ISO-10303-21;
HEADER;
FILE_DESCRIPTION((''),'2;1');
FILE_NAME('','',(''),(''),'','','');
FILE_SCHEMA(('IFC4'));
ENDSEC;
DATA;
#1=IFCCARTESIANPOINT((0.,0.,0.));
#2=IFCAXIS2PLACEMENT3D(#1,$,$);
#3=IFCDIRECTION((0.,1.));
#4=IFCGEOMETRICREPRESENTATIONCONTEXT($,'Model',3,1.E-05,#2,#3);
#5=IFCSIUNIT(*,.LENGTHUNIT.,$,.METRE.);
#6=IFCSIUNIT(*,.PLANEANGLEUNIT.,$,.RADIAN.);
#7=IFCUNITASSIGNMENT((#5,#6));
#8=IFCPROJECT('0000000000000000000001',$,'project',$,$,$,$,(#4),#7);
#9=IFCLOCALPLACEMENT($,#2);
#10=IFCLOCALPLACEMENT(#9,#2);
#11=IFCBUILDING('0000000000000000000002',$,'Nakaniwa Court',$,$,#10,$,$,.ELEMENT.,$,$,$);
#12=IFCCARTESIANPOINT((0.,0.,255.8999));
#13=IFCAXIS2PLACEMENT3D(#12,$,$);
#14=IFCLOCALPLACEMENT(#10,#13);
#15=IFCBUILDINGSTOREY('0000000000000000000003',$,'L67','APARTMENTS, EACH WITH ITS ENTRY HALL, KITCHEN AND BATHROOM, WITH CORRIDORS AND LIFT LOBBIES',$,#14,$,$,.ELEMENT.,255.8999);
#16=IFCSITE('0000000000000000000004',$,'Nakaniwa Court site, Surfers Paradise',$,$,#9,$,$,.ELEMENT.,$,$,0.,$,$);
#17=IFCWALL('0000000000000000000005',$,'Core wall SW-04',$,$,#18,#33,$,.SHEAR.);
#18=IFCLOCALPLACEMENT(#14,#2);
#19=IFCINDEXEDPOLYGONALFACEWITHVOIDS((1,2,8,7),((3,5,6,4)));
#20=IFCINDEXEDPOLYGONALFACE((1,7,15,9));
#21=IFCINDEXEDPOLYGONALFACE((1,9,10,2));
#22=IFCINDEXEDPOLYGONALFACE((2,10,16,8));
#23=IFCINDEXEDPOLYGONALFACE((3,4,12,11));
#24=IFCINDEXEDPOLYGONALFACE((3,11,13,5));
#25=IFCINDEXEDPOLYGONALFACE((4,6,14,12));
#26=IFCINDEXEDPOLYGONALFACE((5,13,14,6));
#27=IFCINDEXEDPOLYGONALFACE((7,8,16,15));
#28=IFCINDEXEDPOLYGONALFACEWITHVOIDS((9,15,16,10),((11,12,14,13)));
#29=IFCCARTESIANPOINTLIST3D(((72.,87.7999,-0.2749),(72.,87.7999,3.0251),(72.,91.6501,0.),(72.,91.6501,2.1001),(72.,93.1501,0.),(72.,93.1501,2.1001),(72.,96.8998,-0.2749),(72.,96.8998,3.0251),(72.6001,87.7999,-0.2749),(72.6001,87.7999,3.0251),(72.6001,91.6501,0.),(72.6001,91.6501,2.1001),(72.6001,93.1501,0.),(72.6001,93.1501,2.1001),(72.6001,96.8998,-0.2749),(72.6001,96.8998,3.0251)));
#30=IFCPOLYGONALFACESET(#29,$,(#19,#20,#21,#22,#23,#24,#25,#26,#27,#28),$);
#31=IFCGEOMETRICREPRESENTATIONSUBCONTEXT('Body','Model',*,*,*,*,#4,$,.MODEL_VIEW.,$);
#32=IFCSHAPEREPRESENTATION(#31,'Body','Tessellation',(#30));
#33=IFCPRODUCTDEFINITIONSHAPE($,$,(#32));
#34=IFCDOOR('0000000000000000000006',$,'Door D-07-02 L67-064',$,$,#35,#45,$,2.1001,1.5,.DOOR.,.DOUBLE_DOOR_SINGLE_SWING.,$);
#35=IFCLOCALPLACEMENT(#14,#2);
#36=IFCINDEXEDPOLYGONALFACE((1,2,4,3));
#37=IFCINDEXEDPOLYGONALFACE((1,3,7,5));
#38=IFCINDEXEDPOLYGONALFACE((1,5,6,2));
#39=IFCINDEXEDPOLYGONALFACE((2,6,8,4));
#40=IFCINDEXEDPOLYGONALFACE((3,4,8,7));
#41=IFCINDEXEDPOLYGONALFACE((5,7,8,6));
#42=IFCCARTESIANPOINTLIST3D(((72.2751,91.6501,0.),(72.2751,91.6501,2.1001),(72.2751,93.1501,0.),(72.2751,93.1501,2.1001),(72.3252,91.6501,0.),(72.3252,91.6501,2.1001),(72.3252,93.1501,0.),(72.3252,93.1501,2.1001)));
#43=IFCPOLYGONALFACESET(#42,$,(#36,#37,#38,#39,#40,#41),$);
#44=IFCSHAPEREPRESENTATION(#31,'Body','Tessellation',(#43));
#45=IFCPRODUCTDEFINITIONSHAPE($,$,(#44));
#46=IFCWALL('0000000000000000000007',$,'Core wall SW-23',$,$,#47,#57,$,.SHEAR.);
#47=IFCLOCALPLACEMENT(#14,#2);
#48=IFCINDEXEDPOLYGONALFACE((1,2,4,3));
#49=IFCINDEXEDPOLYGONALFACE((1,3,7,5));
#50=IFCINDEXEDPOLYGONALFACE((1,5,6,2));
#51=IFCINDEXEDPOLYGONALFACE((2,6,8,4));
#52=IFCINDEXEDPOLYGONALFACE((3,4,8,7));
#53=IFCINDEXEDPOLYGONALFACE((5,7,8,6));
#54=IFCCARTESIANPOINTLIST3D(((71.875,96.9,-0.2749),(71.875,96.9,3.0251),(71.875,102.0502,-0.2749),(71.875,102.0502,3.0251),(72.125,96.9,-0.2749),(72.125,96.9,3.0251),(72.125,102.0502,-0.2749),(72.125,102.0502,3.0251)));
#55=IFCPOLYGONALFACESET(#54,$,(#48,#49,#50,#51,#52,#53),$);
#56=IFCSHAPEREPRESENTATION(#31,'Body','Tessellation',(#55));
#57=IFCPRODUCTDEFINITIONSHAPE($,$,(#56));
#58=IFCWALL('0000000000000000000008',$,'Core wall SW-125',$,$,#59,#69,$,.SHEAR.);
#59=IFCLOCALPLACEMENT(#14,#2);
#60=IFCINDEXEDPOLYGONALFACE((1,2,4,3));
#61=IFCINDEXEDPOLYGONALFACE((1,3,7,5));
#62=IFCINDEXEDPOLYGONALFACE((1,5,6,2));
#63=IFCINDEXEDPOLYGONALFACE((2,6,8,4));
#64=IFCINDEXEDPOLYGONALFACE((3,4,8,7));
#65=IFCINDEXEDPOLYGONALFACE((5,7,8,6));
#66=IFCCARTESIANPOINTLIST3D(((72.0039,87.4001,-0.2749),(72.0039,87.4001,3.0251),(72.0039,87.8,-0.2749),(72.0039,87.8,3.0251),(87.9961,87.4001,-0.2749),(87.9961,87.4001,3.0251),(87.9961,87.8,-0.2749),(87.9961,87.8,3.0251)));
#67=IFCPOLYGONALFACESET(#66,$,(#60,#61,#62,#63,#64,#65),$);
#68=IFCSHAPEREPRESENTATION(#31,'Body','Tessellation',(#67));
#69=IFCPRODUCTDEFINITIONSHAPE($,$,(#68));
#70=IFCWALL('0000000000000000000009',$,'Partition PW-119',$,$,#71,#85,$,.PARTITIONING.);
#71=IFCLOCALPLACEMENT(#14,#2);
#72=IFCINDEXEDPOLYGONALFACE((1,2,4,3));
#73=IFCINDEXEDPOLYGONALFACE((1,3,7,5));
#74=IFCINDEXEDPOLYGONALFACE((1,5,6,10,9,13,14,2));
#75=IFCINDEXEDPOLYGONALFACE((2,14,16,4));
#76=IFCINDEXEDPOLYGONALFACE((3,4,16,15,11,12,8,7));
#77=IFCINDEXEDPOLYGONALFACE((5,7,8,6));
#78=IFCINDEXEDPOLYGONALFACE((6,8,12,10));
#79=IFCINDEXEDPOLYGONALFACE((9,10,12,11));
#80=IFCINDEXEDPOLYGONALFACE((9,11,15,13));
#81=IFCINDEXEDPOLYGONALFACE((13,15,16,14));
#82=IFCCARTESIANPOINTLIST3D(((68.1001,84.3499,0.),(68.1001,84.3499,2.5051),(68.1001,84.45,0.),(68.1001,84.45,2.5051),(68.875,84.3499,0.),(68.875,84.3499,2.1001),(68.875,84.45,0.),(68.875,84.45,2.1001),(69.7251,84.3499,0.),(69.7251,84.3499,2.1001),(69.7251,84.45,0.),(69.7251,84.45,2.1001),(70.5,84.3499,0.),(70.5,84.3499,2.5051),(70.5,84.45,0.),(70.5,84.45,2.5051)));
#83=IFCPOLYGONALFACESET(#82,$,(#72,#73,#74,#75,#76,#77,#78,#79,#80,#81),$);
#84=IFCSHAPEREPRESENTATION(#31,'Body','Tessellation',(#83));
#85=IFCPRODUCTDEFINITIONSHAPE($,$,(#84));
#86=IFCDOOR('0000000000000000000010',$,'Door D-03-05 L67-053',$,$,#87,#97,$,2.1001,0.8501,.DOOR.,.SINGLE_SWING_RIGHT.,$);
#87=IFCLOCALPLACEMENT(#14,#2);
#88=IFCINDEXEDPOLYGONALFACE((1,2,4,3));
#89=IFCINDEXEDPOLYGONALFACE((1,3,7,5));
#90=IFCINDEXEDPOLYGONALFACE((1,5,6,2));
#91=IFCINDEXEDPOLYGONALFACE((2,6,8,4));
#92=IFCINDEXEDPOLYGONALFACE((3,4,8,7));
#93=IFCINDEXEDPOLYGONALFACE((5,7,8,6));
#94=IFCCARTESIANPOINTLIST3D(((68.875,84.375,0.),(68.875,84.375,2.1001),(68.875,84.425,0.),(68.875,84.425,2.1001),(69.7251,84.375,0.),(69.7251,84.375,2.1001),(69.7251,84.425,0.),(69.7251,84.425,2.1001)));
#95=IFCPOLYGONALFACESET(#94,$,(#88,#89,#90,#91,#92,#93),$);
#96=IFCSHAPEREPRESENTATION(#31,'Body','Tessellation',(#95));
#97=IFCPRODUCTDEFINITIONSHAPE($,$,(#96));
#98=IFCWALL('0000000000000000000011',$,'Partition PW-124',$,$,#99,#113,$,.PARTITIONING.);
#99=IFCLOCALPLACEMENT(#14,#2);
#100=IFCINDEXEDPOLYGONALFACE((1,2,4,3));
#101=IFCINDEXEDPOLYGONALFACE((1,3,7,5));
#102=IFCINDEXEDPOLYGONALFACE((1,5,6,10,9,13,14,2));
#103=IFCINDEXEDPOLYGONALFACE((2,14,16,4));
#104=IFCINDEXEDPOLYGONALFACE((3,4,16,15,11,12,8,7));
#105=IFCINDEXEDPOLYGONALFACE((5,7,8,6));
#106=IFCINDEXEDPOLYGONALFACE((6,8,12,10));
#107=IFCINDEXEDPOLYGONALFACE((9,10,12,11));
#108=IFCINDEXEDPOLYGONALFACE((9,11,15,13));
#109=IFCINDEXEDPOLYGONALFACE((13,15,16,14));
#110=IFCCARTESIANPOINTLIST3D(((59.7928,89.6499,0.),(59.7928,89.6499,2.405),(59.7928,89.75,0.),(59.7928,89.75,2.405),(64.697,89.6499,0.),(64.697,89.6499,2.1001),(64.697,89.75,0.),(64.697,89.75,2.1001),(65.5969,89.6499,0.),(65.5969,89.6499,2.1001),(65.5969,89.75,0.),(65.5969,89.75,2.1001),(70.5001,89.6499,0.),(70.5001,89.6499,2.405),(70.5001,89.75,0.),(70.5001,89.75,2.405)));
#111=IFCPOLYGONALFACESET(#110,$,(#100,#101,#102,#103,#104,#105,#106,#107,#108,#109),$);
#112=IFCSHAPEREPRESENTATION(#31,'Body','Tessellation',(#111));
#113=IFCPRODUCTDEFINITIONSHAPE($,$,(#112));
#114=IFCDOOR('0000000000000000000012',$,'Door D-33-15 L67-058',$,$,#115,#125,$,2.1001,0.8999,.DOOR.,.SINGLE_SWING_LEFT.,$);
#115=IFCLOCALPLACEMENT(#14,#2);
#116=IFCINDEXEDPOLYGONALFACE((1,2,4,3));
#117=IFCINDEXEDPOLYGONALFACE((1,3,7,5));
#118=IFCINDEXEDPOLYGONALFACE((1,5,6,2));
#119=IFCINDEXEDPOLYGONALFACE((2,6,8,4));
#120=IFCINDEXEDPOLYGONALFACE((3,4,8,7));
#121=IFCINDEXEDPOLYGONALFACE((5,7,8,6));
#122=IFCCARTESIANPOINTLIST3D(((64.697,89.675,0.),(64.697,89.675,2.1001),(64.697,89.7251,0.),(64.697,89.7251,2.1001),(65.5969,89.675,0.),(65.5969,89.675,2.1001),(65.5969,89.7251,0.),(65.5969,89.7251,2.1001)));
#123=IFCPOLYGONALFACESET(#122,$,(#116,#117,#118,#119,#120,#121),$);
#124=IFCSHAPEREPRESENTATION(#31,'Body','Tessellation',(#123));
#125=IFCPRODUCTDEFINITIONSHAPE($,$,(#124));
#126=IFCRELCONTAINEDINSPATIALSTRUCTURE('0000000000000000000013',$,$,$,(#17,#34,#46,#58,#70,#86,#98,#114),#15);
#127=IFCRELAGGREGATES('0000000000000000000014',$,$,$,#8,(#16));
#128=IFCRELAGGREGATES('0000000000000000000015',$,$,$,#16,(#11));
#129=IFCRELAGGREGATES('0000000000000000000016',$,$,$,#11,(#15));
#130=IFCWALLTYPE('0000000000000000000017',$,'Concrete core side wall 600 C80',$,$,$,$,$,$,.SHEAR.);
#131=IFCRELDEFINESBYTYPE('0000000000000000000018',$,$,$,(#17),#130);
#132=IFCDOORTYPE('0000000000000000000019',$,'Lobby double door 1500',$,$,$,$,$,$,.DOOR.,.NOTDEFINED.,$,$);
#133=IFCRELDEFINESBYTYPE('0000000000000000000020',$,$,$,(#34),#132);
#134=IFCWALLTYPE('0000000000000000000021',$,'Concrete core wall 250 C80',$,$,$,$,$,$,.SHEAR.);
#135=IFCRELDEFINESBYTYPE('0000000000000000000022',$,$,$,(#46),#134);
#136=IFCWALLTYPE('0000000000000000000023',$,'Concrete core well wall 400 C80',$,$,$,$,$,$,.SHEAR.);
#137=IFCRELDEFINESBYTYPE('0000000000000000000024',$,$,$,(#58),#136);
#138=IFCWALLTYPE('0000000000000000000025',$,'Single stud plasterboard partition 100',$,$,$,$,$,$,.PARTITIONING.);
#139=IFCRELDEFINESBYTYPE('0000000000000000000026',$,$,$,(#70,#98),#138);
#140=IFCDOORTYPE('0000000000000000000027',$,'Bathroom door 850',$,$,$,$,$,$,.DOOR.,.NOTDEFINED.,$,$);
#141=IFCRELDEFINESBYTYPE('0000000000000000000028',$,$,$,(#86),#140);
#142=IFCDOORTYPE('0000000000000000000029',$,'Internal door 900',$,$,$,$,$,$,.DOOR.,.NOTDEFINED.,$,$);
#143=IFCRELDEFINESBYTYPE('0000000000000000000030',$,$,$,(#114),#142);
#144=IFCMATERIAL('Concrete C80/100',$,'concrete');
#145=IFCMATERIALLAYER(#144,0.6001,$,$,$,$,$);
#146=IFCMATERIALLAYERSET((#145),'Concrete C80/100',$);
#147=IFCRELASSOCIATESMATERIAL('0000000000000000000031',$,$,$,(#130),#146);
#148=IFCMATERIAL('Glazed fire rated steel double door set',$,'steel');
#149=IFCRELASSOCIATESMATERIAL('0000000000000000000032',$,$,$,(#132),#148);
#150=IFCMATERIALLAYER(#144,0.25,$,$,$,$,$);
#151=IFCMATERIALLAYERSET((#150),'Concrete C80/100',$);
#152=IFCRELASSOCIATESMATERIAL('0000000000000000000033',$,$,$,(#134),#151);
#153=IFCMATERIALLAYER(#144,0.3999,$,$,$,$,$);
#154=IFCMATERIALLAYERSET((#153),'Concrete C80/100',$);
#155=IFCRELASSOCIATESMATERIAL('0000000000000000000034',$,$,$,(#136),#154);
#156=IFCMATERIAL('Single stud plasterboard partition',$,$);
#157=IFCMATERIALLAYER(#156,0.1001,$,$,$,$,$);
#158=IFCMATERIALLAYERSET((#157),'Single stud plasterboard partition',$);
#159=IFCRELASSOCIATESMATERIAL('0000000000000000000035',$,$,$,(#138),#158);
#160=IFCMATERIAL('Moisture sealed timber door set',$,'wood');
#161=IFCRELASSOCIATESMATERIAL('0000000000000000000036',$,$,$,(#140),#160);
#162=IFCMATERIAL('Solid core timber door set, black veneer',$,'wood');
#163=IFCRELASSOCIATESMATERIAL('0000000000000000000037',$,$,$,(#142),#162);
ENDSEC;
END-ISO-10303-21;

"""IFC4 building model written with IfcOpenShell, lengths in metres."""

from ifc_helpers import new_model, si_unit, direction, frame, frame_2d, origin, place, context, subcontext, project, spatial, rectangle, extrude, material, layer, layer_set, type_object, element, fill, save


model = new_model("IFC4")

# Units and contexts
model_context = context("Model", 3, precision=1e-05, world=origin(), true_north=direction((0.0, 1.0)))
body_context = subcontext(model_context, "Body", "Model", "MODEL_VIEW")
ifc_project = project(units=[si_unit("LENGTHUNIT", "METRE"), si_unit("PLANEANGLEUNIT", "RADIAN")], contexts=[model_context])

# Site, building, storey
site_placement = place(None, origin())
site = spatial("IfcSite", under=ifc_project, at=site_placement, Name="Nakaniwa Court site, Surfers Paradise", CompositionType="ELEMENT", RefElevation=0.0)
building_placement = place(site_placement, origin())
building = spatial("IfcBuilding", under=site, at=building_placement, Name="Nakaniwa Court", CompositionType="ELEMENT")
storey_placement = place(building_placement, frame((0.0, 0.0, 255.8999)))
storey = spatial("IfcBuildingStorey", under=building, at=storey_placement, Name="L67", Description="APARTMENTS, EACH WITH ITS ENTRY HALL, KITCHEN AND BATHROOM, WITH CORRIDORS AND LIFT LOBBIES", CompositionType="ELEMENT", Elevation=255.8999)

# Shared definitions
ifc_material_1 = material(Name="Concrete C80/100", Category="concrete")

# Shared definitions
ifc_material_2 = material(Name="Solid core timber door set, black veneer", Category="wood")

# Wall, opening, door
ifc_layer_1 = layer(ifc_material_1, 0.6001)
ifc_layer_set_1 = layer_set([ifc_layer_1], Name="Concrete C80/100")
wall_type_1 = type_object("IfcWallType", Name="Concrete core side wall 600 C80", PredefinedType="SHEAR", material=ifc_layer_set_1)
wall_1_placement = place(storey_placement, frame((72.3, 87.8, -0.2749), z_axis=(0.0, 0.0, 1.0), x_axis=(0.0, 1.0, 0.0)))
wall_1 = element("IfcWall", 1, at=wall_1_placement, inside=storey, type_object=wall_type_1, Name="Core wall SW-04", PredefinedType="SHEAR", context=body_context, shape_type="SweptSolid", body=[
    extrude(rectangle(XDim=9.0999, YDim=0.6001, at=frame_2d((4.5498, 0.0))), origin(), (0.0, 0.0, 1.0), 3.3),
])
opening_1_placement = place(wall_1_placement, frame((3.8501, 0.0, 0.2749)))
opening_1 = element("IfcOpeningElement", 2, at=opening_1_placement, cuts=wall_1, PredefinedType="OPENING", context=body_context, shape_type="SweptSolid", body=[
    extrude(rectangle(XDim=1.5, YDim=2.1001, at=frame_2d((0.75, 1.05))), frame((0.0, 0.3101, 0.0), z_axis=(0.0, -1.0, 0.0), x_axis=(1.0, 0.0, 0.0)), (0.0, 0.0, 1.0), 0.6201),
])
ifc_material_3 = material(Name="Glazed fire rated steel double door set", Category="steel")
door_type_1 = type_object("IfcDoorType", Name="Lobby double door 1500", OperationType="NOTDEFINED", PredefinedType="DOOR", material=ifc_material_3)
door_1_placement = place(opening_1_placement, origin())
door_1 = element("IfcDoor", 3, at=door_1_placement, inside=storey, type_object=door_type_1, Name="Door D-07-02 L67-064", OperationType="DOUBLE_DOOR_SINGLE_SWING", OverallHeight=2.1001, OverallWidth=1.5, PredefinedType="DOOR", context=body_context, shape_type="SweptSolid", body=[
    extrude(rectangle(XDim=1.5, YDim=2.1001, at=frame_2d((0.75, 1.05))), frame((0.0, 0.0249, 0.0), z_axis=(0.0, -1.0, 0.0), x_axis=(1.0, 0.0, 0.0)), (0.0, 0.0, 1.0), 0.05),
])
fill(opening_1, door_1)

# Walls
ifc_layer_2 = layer(ifc_material_1, 0.25)
ifc_layer_set_2 = layer_set([ifc_layer_2], Name="Concrete C80/100")
wall_type_2 = type_object("IfcWallType", Name="Concrete core wall 250 C80", PredefinedType="SHEAR", material=ifc_layer_set_2)
wall_2_placement = place(storey_placement, frame((72.0, 96.8999, -0.2749), z_axis=(0.0, 0.0, 1.0), x_axis=(0.0, 1.0, 0.0)))
element("IfcWall", 4, at=wall_2_placement, inside=storey, type_object=wall_type_2, Name="Core wall SW-23", PredefinedType="SHEAR", context=body_context, shape_type="SweptSolid", body=[
    extrude(rectangle(XDim=5.1501, YDim=0.25, at=frame_2d((2.5752, 0.0))), origin(), (0.0, 0.0, 1.0), 3.3),
])
ifc_layer_3 = layer(ifc_material_1, 0.3999)
ifc_layer_set_3 = layer_set([ifc_layer_3], Name="Concrete C80/100")
wall_type_3 = type_object("IfcWallType", Name="Concrete core well wall 400 C80", PredefinedType="SHEAR", material=ifc_layer_set_3)
wall_3_placement = place(storey_placement, frame((72.0039, 87.6001, -0.2749), z_axis=(0.0, 0.0, 1.0), x_axis=(1.0, 0.0, 0.0)))
element("IfcWall", 5, at=wall_3_placement, inside=storey, type_object=wall_type_3, Name="Core wall SW-125", PredefinedType="SHEAR", context=body_context, shape_type="SweptSolid", body=[
    extrude(rectangle(XDim=15.9922, YDim=0.3999, at=frame_2d((7.9961, 0.0))), origin(), (0.0, 0.0, 1.0), 3.3),
])

# Walls, openings, doors
ifc_material_4 = material(Name="Single stud plasterboard partition")
ifc_layer_4 = layer(ifc_material_4, 0.1001)
ifc_layer_set_4 = layer_set([ifc_layer_4], Name="Single stud plasterboard partition")
wall_type_4 = type_object("IfcWallType", Name="Single stud plasterboard partition 100", PredefinedType="PARTITIONING", material=ifc_layer_set_4)
wall_4_placement = place(storey_placement, frame((70.5, 84.3999, 0.0), z_axis=(0.0, 0.0, 1.0), x_axis=(-1.0, 0.0, 0.0)))
wall_4 = element("IfcWall", 6, at=wall_4_placement, inside=storey, type_object=wall_type_4, Name="Partition PW-119", PredefinedType="PARTITIONING", context=body_context, shape_type="SweptSolid", body=[
    extrude(rectangle(XDim=2.3999, YDim=0.1001, at=frame_2d((1.2, 0.0))), origin(), (0.0, 0.0, 1.0), 2.5051),
])
opening_2_placement = place(wall_4_placement, frame((0.7749, 0.0, 0.0)))
opening_2 = element("IfcOpeningElement", 7, at=opening_2_placement, cuts=wall_4, PredefinedType="OPENING", context=body_context, shape_type="SweptSolid", body=[
    extrude(rectangle(XDim=0.8501, YDim=2.1001, at=frame_2d((0.425, 1.05))), frame((0.0, 0.0601, 0.0), z_axis=(0.0, -1.0, 0.0), x_axis=(1.0, 0.0, 0.0)), (0.0, 0.0, 1.0), 0.1201),
])
ifc_material_5 = material(Name="Moisture sealed timber door set", Category="wood")
door_type_2 = type_object("IfcDoorType", Name="Bathroom door 850", OperationType="NOTDEFINED", PredefinedType="DOOR", material=ifc_material_5)
door_2_placement = place(opening_2_placement, origin())
door_2 = element("IfcDoor", 8, at=door_2_placement, inside=storey, type_object=door_type_2, Name="Door D-03-05 L67-053", OperationType="SINGLE_SWING_RIGHT", OverallHeight=2.1001, OverallWidth=0.8501, PredefinedType="DOOR", context=body_context, shape_type="SweptSolid", body=[
    extrude(rectangle(XDim=0.8501, YDim=2.1001, at=frame_2d((0.425, 1.05))), frame((0.0, 0.0249, 0.0), z_axis=(0.0, -1.0, 0.0), x_axis=(1.0, 0.0, 0.0)), (0.0, 0.0, 1.0), 0.05),
])
fill(opening_2, door_2)
wall_5_placement = place(storey_placement, frame((70.5, 89.7, 0.0), z_axis=(0.0, 0.0, 1.0), x_axis=(-1.0, 0.0, 0.0)))
wall_5 = element("IfcWall", 9, at=wall_5_placement, inside=storey, type_object=wall_type_4, Name="Partition PW-124", PredefinedType="PARTITIONING", context=body_context, shape_type="SweptSolid", body=[
    extrude(rectangle(XDim=10.7073, YDim=0.1001, at=frame_2d((5.3535, 0.0))), origin(), (0.0, 0.0, 1.0), 2.405),
])
opening_3_placement = place(wall_5_placement, frame((4.9031, 0.0, 0.0)))
opening_3 = element("IfcOpeningElement", 10, at=opening_3_placement, cuts=wall_5, PredefinedType="OPENING", context=body_context, shape_type="SweptSolid", body=[
    extrude(rectangle(XDim=0.8999, YDim=2.1001, at=frame_2d((0.45, 1.05))), frame((0.0, 0.0601, 0.0), z_axis=(0.0, -1.0, 0.0), x_axis=(1.0, 0.0, 0.0)), (0.0, 0.0, 1.0), 0.1201),
])
door_type_3 = type_object("IfcDoorType", Name="Internal door 900", OperationType="NOTDEFINED", PredefinedType="DOOR", material=ifc_material_2)
door_3_placement = place(opening_3_placement, origin())
door_3 = element("IfcDoor", 11, at=door_3_placement, inside=storey, type_object=door_type_3, Name="Door D-33-15 L67-058", OperationType="SINGLE_SWING_LEFT", OverallHeight=2.1001, OverallWidth=0.8999, PredefinedType="DOOR", context=body_context, shape_type="SweptSolid", body=[
    extrude(rectangle(XDim=0.8999, YDim=2.1001, at=frame_2d((0.45, 1.05))), frame((0.0, 0.0249, 0.0), z_axis=(0.0, -1.0, 0.0), x_axis=(1.0, 0.0, 0.0)), (0.0, 0.0, 1.0), 0.05),
])
fill(opening_3, door_3)

save(model, "model.ifc")
